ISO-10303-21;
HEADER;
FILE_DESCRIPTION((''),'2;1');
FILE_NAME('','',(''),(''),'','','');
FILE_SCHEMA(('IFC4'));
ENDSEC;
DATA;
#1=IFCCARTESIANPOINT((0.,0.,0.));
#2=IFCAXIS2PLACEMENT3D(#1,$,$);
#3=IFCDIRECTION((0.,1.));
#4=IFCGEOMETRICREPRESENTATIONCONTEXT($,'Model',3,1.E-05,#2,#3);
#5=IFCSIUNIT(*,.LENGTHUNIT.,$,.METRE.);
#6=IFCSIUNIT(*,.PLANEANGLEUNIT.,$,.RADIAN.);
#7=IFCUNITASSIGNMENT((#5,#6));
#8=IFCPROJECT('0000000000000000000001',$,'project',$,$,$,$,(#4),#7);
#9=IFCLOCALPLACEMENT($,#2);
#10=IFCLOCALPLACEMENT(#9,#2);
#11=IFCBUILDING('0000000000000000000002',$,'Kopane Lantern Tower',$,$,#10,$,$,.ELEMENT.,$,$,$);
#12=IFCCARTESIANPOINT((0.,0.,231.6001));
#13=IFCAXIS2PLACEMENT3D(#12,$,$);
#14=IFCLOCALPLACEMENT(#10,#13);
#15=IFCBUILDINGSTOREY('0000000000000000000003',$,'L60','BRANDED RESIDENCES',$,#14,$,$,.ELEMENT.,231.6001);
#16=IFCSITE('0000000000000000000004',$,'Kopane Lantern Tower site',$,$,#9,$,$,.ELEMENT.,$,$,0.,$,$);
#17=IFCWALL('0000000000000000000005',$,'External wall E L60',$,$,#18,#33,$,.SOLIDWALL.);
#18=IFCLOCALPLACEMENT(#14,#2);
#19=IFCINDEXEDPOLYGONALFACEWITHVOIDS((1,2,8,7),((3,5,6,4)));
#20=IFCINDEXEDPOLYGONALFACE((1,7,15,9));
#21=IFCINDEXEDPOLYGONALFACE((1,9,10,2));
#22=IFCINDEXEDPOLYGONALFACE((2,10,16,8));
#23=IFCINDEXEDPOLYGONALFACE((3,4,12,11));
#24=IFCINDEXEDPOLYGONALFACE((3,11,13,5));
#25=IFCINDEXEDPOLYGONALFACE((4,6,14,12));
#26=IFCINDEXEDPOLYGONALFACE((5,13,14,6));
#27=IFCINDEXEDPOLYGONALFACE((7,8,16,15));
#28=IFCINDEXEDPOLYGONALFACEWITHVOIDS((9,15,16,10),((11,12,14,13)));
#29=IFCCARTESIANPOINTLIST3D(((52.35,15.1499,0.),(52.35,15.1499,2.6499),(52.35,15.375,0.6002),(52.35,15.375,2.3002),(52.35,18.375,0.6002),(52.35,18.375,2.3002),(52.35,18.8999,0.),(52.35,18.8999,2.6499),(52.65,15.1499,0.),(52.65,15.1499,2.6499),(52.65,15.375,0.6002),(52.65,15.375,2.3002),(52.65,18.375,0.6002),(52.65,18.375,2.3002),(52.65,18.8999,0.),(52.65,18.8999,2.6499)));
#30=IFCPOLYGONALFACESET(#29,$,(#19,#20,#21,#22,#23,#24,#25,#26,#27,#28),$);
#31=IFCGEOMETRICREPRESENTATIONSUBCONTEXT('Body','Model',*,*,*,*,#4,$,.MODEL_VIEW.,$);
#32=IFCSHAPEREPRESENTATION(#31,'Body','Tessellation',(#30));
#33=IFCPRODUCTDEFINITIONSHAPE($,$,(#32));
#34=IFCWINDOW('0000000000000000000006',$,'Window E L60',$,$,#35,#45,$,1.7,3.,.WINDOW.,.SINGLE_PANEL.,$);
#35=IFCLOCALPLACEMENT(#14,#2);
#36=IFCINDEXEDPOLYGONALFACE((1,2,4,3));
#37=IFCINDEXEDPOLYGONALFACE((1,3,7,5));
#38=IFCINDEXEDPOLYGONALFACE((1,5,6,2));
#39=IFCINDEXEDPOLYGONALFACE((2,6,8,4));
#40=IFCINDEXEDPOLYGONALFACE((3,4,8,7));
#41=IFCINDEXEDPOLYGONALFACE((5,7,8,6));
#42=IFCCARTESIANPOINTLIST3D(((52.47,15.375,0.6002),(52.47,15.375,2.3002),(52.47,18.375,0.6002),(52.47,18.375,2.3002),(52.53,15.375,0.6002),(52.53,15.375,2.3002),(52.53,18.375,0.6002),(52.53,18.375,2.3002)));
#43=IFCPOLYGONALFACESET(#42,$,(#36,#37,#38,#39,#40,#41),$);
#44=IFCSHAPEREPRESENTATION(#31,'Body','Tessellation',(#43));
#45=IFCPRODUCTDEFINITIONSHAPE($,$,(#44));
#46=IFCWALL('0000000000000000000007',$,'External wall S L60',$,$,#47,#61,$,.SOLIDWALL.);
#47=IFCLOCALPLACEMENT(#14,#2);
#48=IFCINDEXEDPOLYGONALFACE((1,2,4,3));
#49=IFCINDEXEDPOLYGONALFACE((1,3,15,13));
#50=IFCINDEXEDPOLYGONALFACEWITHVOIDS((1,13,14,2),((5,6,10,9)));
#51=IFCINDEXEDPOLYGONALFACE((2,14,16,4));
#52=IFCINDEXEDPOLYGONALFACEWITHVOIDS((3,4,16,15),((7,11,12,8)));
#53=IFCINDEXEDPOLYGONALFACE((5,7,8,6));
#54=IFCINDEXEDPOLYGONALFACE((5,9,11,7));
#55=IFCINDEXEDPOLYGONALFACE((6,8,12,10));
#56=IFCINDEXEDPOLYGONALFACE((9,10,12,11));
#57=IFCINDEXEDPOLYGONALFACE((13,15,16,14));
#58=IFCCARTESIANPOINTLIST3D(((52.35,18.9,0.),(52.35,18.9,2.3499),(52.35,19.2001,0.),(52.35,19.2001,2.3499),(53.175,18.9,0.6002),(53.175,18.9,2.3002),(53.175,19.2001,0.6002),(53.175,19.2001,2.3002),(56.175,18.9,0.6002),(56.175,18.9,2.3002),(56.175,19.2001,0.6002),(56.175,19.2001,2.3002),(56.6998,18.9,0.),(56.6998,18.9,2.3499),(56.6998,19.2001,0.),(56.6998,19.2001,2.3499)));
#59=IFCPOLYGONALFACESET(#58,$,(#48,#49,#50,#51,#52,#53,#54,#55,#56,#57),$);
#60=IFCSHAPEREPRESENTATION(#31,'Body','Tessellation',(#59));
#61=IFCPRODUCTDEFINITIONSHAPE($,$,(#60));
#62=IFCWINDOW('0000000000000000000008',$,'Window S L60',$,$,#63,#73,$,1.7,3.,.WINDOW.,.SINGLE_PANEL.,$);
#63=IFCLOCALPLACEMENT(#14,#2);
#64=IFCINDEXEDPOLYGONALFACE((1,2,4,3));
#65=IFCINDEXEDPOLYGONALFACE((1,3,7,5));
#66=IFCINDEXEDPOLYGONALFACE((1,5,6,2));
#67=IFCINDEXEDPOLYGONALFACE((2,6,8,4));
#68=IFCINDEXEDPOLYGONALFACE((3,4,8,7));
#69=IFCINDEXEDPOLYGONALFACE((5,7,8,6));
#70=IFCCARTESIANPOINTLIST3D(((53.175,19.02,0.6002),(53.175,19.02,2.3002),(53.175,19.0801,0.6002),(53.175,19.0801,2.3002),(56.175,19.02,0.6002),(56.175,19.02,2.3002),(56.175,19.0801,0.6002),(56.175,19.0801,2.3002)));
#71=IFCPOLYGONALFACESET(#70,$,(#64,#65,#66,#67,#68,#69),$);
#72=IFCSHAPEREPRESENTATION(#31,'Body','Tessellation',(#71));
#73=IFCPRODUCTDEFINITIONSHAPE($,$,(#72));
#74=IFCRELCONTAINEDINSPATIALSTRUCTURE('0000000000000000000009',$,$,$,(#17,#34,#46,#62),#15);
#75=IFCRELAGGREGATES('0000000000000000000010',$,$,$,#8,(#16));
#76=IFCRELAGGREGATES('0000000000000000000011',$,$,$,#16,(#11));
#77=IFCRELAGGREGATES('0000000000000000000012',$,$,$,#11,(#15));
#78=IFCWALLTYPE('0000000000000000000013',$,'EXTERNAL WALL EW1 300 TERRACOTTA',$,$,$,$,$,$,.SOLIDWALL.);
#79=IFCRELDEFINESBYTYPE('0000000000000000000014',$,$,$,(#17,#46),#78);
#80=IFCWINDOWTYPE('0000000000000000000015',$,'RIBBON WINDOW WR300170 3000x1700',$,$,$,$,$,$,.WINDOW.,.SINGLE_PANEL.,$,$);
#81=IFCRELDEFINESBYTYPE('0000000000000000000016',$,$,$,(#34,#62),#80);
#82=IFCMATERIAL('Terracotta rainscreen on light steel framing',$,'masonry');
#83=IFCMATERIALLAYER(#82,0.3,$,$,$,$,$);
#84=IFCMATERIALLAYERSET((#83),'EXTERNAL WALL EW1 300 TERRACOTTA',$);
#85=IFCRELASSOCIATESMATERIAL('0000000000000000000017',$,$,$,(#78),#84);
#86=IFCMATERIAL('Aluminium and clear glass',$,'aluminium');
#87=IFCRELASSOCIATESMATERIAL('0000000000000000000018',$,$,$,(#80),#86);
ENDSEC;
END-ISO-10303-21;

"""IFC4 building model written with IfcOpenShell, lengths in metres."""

from ifc_helpers import new_model, si_unit, direction, frame, frame_2d, origin, place, context, subcontext, project, spatial, rectangle, extrude, material, layer, layer_set, type_object, element, fill, save


model = new_model("IFC4")

# Units and contexts
model_context = context("Model", 3, precision=1e-05, world=origin(), true_north=direction((0.0, 1.0)))
body_context = subcontext(model_context, "Body", "Model", "MODEL_VIEW")
ifc_project = project(units=[si_unit("LENGTHUNIT", "METRE"), si_unit("PLANEANGLEUNIT", "RADIAN")], contexts=[model_context])

# Site, building, storey
site_placement = place(None, origin())
site = spatial("IfcSite", under=ifc_project, at=site_placement, Name="Kopane Lantern Tower site", CompositionType="ELEMENT", RefElevation=0.0)
building_placement = place(site_placement, origin())
building = spatial("IfcBuilding", under=site, at=building_placement, Name="Kopane Lantern Tower", CompositionType="ELEMENT")
storey_placement = place(building_placement, frame((0.0, 0.0, 231.6001)))
storey = spatial("IfcBuildingStorey", under=building, at=storey_placement, Name="L60", Description="BRANDED RESIDENCES", CompositionType="ELEMENT", Elevation=231.6001)

# Walls, openings, windows
ifc_material_1 = material(Name="Terracotta rainscreen on light steel framing", Category="masonry")
ifc_layer = layer(ifc_material_1, 0.3)
ifc_layer_set = layer_set([ifc_layer], Name="EXTERNAL WALL EW1 300 TERRACOTTA")
wall_type = type_object("IfcWallType", Name="EXTERNAL WALL EW1 300 TERRACOTTA", PredefinedType="SOLIDWALL", material=ifc_layer_set)
wall_1_placement = place(storey_placement, frame((52.5, 15.1499, 0.0), z_axis=(0.0, 0.0, 1.0), x_axis=(0.0, 1.0, 0.0)))
wall_1 = element("IfcWall", 1, at=wall_1_placement, inside=storey, type_object=wall_type, Name="External wall E L60", PredefinedType="SOLIDWALL", context=body_context, shape_type="SweptSolid", body=[
    extrude(rectangle(XDim=3.75, YDim=0.3, at=frame_2d((1.875, 0.0))), origin(), (0.0, 0.0, 1.0), 2.6499),
])
opening_1_placement = place(wall_1_placement, frame((0.2251, 0.0, 0.6001)))
opening_1 = element("IfcOpeningElement", 2, at=opening_1_placement, cuts=wall_1, PredefinedType="OPENING", context=body_context, shape_type="SweptSolid", body=[
    extrude(rectangle(XDim=3.0, YDim=1.7, at=frame_2d((1.5, 0.8501))), frame((0.0, 0.1599, 0.0), z_axis=(0.0, -1.0, 0.0), x_axis=(1.0, 0.0, 0.0)), (0.0, 0.0, 1.0), 0.3201),
])
ifc_material_2 = material(Name="Aluminium and clear glass", Category="aluminium")
window_type = type_object("IfcWindowType", Name="RIBBON WINDOW WR300170 3000x1700", PartitioningType="SINGLE_PANEL", PredefinedType="WINDOW", material=ifc_material_2)
window_1_placement = place(opening_1_placement, origin())
window_1 = element("IfcWindow", 3, at=window_1_placement, inside=storey, type_object=window_type, Name="Window E L60", OverallHeight=1.7, OverallWidth=3.0, PartitioningType="SINGLE_PANEL", PredefinedType="WINDOW", context=body_context, shape_type="SweptSolid", body=[
    extrude(rectangle(XDim=3.0, YDim=1.7, at=frame_2d((1.5, 0.8501))), frame((0.0, 0.03, 0.0), z_axis=(0.0, -1.0, 0.0), x_axis=(1.0, 0.0, 0.0)), (0.0, 0.0, 1.0), 0.0601),
])
fill(opening_1, window_1)
wall_2_placement = place(storey_placement, frame((52.3501, 19.05, 0.0), z_axis=(0.0, 0.0, 1.0), x_axis=(1.0, 0.0, 0.0)))
wall_2 = element("IfcWall", 4, at=wall_2_placement, inside=storey, type_object=wall_type, Name="External wall S L60", PredefinedType="SOLIDWALL", context=body_context, shape_type="SweptSolid", body=[
    extrude(rectangle(XDim=4.3499, YDim=0.3, at=frame_2d((2.1748, 0.0))), origin(), (0.0, 0.0, 1.0), 2.3499),
])
opening_2_placement = place(wall_2_placement, frame((0.825, 0.0, 0.6001)))
opening_2 = element("IfcOpeningElement", 5, at=opening_2_placement, cuts=wall_2, PredefinedType="OPENING", context=body_context, shape_type="SweptSolid", body=[
    extrude(rectangle(XDim=3.0, YDim=1.7, at=frame_2d((1.5, 0.8501))), frame((0.0, 0.1599, 0.0), z_axis=(0.0, -1.0, 0.0), x_axis=(1.0, 0.0, 0.0)), (0.0, 0.0, 1.0), 0.3201),
])
window_2_placement = place(opening_2_placement, origin())
window_2 = element("IfcWindow", 6, at=window_2_placement, inside=storey, type_object=window_type, Name="Window S L60", OverallHeight=1.7, OverallWidth=3.0, PartitioningType="SINGLE_PANEL", PredefinedType="WINDOW", context=body_context, shape_type="SweptSolid", body=[
    extrude(rectangle(XDim=3.0, YDim=1.7, at=frame_2d((1.5, 0.8501))), frame((0.0, 0.03, 0.0), z_axis=(0.0, -1.0, 0.0), x_axis=(1.0, 0.0, 0.0)), (0.0, 0.0, 1.0), 0.0601),
])
fill(opening_2, window_2)

save(model, "model.ifc")
